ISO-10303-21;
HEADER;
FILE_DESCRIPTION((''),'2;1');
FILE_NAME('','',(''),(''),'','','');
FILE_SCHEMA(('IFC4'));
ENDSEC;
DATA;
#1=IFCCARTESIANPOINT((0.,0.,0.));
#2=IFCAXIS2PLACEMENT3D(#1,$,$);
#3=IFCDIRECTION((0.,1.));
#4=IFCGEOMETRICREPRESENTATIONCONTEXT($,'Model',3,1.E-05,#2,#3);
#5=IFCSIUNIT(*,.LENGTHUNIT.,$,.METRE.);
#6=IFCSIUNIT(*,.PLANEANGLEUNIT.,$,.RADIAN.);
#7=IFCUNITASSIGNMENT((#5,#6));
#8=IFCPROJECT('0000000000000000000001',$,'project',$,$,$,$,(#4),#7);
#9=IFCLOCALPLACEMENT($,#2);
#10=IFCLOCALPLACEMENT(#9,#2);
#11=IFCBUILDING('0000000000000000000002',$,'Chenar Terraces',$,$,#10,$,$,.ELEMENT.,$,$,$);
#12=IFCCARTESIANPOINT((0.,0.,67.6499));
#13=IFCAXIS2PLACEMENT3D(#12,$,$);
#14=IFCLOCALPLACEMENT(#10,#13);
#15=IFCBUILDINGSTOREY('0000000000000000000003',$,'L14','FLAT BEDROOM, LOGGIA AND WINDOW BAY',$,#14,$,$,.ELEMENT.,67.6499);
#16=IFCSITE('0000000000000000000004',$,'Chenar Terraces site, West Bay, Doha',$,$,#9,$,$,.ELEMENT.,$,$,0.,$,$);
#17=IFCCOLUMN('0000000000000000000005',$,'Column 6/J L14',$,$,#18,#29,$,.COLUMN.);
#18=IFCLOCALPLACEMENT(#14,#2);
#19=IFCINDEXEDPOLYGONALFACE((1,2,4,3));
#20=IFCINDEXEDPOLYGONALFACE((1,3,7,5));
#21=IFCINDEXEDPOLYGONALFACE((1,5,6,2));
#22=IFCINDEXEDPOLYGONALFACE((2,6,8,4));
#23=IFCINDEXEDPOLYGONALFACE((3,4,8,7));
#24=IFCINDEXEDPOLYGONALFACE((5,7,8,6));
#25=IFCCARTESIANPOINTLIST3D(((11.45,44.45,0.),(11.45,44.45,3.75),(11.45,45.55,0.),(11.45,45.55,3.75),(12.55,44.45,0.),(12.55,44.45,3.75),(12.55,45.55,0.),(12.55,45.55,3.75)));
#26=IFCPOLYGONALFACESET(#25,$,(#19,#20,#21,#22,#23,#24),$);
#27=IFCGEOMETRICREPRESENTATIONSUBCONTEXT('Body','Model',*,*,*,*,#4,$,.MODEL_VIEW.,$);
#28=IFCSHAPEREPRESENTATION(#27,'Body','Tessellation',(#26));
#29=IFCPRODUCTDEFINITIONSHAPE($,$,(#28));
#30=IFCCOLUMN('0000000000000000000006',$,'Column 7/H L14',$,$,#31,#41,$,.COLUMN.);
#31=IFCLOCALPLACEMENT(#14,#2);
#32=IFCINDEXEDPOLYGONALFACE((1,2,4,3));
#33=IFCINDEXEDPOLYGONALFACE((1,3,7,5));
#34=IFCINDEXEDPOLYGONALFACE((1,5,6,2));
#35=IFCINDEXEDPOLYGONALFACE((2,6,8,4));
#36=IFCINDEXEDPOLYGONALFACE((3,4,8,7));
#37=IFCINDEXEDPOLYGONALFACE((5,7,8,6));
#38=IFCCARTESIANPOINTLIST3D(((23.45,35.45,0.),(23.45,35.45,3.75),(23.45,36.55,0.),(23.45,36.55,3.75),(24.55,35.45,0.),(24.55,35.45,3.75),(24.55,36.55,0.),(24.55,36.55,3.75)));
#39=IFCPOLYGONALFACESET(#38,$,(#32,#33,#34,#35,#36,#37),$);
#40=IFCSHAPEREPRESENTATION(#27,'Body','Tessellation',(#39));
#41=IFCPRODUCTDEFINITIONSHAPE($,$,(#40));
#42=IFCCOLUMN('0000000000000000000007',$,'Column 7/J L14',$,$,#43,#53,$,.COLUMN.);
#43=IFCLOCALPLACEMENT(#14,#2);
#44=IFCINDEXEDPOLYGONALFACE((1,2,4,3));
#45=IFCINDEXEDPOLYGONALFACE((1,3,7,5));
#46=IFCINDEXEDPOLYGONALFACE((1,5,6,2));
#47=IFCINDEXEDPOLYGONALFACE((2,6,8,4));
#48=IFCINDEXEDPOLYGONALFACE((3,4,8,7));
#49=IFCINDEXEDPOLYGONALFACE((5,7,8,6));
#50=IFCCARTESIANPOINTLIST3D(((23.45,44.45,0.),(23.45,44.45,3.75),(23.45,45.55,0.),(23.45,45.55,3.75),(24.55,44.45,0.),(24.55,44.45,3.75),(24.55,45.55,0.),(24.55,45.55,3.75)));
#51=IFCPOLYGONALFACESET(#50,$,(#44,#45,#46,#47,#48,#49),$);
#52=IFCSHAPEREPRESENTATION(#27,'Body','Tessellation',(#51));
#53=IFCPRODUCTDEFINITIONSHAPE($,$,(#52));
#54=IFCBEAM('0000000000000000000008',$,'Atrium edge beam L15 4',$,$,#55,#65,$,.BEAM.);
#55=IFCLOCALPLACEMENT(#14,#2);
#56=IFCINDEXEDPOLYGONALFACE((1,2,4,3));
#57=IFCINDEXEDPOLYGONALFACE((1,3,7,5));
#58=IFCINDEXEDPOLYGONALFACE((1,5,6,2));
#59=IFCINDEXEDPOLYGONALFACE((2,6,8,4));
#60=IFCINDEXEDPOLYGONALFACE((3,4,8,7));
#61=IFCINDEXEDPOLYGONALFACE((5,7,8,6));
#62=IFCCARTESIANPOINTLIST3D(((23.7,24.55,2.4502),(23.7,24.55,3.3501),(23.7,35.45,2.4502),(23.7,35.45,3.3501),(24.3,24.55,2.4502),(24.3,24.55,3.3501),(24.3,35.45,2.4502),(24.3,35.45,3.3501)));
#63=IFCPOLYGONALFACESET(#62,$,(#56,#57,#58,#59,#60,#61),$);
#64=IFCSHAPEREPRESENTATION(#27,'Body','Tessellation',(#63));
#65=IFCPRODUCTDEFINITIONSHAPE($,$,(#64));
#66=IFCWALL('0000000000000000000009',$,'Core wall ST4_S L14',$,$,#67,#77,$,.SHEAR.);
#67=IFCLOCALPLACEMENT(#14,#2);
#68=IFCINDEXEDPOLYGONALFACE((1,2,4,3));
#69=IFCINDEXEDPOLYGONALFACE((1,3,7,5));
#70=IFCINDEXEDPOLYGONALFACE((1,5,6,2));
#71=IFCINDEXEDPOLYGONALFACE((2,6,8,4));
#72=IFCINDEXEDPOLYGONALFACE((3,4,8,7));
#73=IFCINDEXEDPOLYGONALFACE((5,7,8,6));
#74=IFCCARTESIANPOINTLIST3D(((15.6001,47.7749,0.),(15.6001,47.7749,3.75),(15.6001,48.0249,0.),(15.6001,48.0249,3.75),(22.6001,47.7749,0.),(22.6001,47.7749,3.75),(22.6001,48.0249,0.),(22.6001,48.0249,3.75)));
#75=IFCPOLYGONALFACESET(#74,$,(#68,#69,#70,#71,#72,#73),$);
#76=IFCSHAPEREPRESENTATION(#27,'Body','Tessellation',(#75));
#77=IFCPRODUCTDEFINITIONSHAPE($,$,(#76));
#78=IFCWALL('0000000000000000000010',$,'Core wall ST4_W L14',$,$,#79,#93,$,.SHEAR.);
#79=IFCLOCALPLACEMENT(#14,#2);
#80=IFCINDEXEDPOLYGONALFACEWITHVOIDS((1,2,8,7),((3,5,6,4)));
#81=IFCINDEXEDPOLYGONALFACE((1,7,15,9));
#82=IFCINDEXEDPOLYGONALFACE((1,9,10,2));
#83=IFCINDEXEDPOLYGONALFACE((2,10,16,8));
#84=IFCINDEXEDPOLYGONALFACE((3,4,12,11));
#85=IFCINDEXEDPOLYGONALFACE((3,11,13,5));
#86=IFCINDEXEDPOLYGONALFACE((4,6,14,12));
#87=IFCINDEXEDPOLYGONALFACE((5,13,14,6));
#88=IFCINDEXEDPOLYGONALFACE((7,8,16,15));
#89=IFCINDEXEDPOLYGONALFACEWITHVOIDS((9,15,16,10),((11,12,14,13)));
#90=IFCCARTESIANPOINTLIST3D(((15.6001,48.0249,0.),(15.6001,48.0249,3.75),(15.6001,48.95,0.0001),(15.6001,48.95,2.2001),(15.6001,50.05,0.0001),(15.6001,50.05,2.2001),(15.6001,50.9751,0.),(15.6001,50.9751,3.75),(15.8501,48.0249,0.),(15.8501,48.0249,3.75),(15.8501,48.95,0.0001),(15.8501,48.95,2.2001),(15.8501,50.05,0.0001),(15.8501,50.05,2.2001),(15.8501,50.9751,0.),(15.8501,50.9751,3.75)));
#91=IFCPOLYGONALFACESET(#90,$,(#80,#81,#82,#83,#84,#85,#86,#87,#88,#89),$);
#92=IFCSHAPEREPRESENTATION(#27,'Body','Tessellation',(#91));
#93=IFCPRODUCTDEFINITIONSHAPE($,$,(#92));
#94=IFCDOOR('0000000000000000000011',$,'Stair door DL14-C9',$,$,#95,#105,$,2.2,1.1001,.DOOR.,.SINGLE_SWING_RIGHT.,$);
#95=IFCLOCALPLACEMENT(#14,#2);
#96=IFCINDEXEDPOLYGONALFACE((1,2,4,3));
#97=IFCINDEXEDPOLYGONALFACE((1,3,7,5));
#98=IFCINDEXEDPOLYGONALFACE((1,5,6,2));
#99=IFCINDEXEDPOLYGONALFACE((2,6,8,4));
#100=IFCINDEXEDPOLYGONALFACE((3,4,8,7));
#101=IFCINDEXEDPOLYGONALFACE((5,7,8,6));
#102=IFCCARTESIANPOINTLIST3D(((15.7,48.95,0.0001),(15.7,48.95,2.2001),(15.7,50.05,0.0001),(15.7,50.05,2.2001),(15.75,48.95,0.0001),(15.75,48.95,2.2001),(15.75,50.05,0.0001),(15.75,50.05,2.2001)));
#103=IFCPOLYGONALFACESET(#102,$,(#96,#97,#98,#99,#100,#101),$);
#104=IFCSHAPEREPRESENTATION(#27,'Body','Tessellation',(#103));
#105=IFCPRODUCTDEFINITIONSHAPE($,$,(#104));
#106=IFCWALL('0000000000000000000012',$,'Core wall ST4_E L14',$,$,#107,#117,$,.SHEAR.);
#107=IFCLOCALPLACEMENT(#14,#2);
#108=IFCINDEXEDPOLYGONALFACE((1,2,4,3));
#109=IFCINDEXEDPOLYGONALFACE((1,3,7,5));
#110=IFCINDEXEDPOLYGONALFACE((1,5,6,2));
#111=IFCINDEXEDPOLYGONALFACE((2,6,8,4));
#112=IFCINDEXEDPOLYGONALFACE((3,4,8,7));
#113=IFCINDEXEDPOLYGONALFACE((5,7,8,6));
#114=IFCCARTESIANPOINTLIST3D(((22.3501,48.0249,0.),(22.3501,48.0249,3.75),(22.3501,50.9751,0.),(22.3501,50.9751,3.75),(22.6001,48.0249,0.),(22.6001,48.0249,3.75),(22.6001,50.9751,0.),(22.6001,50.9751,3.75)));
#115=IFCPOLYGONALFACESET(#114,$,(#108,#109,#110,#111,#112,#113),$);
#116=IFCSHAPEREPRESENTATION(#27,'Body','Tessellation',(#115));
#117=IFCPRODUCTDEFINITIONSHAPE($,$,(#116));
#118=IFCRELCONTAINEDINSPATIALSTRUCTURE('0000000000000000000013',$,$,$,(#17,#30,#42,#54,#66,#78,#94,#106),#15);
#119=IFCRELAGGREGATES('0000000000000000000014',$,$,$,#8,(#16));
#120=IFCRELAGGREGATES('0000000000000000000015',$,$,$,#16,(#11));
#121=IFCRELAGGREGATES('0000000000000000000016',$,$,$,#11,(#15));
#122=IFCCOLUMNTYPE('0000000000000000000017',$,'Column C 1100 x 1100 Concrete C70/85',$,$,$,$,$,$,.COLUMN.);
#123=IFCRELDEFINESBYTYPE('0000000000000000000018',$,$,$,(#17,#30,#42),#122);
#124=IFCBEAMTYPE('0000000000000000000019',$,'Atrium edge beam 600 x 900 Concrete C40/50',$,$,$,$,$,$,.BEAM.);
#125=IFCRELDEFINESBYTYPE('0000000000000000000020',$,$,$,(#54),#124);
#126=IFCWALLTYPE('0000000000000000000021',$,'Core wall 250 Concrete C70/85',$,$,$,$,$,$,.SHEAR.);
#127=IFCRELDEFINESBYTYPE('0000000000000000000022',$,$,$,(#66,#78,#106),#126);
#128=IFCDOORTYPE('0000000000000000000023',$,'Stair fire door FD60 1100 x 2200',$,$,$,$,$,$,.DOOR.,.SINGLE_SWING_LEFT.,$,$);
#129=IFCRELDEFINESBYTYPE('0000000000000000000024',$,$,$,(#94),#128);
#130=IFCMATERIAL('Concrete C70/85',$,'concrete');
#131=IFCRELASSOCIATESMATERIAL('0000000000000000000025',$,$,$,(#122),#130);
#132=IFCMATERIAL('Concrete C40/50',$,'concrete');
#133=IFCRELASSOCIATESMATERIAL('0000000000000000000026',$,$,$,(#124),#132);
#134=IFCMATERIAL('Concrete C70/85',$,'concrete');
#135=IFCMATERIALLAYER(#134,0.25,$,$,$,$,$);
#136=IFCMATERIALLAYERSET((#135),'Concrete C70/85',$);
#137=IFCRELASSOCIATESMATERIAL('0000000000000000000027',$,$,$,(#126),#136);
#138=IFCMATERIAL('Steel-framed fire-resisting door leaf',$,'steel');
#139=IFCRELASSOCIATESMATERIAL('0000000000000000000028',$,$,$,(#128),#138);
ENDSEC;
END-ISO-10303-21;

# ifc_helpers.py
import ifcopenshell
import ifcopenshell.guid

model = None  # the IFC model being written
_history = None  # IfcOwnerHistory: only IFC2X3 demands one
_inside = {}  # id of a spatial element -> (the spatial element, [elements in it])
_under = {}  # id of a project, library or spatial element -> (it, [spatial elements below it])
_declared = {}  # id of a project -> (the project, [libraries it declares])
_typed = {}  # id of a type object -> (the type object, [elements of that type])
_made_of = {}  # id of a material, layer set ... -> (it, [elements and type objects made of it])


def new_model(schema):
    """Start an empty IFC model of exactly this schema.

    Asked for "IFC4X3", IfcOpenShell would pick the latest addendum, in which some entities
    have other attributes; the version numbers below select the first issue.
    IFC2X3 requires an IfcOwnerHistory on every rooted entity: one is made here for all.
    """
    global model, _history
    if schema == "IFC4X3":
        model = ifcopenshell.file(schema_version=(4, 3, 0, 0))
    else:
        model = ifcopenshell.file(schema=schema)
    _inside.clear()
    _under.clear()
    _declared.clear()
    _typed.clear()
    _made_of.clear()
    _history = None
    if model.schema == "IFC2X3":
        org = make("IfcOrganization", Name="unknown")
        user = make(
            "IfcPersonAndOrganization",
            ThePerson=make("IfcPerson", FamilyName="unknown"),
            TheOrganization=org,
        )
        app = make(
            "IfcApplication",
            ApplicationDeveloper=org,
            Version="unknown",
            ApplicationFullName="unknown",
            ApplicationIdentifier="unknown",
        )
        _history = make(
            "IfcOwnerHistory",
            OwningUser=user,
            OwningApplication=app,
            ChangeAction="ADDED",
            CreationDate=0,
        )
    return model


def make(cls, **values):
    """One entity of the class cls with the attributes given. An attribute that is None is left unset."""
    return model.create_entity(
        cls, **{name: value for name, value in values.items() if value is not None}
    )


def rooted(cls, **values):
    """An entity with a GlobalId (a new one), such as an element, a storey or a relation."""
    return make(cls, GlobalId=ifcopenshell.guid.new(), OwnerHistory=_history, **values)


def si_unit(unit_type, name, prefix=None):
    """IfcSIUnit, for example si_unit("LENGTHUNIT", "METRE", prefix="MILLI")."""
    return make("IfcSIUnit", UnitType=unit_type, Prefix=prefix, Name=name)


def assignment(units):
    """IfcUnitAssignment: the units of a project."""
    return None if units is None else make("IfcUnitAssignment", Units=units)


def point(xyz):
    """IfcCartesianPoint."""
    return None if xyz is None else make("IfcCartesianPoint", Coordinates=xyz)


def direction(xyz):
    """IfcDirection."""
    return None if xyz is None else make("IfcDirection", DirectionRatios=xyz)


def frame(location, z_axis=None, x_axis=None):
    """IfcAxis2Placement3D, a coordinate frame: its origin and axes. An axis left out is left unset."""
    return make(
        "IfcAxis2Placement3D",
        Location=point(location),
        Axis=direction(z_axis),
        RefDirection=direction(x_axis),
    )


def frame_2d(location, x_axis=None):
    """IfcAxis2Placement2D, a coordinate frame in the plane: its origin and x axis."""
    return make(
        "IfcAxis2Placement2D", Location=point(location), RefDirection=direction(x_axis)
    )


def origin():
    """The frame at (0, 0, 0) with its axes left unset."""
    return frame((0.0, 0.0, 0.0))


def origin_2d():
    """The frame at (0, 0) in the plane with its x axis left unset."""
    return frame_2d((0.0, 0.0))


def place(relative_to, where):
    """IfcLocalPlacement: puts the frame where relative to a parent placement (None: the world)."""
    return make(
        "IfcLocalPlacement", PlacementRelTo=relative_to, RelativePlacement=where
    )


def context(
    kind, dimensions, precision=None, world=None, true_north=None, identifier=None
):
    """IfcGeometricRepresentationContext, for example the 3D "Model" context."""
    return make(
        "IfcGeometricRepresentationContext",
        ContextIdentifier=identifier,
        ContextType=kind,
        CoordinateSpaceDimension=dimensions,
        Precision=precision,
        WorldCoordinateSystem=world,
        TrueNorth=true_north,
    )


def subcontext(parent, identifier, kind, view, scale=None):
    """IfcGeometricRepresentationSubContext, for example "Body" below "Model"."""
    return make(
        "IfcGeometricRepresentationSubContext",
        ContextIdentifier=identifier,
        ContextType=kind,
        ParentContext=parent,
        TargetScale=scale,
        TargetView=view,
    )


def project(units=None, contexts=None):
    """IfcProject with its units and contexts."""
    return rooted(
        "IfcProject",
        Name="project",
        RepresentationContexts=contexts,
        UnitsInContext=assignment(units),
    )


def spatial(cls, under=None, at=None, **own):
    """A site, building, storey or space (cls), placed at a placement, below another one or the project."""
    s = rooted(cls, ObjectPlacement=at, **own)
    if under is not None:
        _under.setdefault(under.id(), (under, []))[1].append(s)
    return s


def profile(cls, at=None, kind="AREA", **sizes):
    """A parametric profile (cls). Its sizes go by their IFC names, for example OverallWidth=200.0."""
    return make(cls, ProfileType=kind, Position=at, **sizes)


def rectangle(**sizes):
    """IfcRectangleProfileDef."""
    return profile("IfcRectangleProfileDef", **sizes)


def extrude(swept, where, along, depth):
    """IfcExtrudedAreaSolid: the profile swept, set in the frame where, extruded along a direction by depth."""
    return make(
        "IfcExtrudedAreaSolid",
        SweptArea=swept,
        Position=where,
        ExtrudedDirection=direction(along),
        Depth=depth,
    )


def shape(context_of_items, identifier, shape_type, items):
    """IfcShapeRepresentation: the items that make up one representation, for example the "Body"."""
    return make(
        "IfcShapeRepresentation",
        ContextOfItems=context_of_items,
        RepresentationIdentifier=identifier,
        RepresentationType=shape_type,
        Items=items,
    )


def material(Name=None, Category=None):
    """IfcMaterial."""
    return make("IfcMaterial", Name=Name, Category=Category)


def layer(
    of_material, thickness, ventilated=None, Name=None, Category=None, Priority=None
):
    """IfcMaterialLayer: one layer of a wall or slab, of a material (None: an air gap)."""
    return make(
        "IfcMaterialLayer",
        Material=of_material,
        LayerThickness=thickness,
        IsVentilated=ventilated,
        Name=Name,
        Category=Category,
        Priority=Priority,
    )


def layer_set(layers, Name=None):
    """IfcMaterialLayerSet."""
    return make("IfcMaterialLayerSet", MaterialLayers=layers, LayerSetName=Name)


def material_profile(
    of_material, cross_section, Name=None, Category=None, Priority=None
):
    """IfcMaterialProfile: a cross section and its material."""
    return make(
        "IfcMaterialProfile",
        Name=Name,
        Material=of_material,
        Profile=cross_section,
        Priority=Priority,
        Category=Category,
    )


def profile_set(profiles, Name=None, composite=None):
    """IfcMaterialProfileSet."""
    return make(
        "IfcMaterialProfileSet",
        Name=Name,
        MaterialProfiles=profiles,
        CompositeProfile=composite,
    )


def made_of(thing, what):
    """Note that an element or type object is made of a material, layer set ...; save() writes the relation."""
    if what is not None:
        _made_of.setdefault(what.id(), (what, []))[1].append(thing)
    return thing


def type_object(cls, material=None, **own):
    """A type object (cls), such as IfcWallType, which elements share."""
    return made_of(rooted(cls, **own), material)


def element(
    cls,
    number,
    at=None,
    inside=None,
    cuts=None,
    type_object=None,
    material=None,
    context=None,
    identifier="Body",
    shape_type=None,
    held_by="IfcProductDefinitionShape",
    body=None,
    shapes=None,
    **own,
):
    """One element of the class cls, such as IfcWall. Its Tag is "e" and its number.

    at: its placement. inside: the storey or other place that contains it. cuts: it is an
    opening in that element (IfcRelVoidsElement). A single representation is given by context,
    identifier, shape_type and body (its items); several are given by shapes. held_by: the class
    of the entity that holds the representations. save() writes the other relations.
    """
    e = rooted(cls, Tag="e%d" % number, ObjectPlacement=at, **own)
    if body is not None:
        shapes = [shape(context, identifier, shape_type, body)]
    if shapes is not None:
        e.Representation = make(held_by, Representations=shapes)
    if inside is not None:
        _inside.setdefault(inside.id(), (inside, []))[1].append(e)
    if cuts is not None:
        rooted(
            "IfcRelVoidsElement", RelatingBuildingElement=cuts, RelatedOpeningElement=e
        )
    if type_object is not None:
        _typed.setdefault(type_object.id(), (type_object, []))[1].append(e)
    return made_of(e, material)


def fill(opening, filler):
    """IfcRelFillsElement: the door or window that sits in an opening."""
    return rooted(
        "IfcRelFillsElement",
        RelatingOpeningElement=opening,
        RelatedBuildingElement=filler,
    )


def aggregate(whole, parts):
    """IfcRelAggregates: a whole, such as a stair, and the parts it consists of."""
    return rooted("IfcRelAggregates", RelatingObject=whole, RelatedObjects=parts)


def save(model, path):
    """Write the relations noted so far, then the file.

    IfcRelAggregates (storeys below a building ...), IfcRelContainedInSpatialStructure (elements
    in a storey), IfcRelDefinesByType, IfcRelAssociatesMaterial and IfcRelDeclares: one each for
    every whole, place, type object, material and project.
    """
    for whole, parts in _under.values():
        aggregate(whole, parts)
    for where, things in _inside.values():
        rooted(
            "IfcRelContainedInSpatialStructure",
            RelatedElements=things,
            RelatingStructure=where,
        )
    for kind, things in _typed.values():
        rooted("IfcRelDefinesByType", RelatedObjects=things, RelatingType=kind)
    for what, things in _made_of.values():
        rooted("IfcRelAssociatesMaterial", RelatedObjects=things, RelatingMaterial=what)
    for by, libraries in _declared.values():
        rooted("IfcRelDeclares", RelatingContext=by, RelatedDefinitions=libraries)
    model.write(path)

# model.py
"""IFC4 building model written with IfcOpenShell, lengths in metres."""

from ifc_helpers import new_model, si_unit, direction, frame, frame_2d, origin, origin_2d, place, context, subcontext, project, spatial, rectangle, extrude, material, layer, layer_set, material_profile, profile_set, type_object, element, fill, save


model = new_model("IFC4")

# Units and contexts
model_context = context("Model", 3, precision=1e-05, world=origin(), true_north=direction((0.0, 1.0)))
body_context = subcontext(model_context, "Body", "Model", "MODEL_VIEW")
ifc_project = project(units=[si_unit("LENGTHUNIT", "METRE"), si_unit("PLANEANGLEUNIT", "RADIAN")], contexts=[model_context])

# Site, building, storey
site_placement = place(None, origin())
site = spatial("IfcSite", under=ifc_project, at=site_placement, Name="Chenar Terraces site, West Bay, Doha", CompositionType="ELEMENT", RefElevation=0.0)
building_placement = place(site_placement, origin())
building = spatial("IfcBuilding", under=site, at=building_placement, Name="Chenar Terraces", CompositionType="ELEMENT")
storey_placement = place(building_placement, frame((0.0, 0.0, 67.6499)))
storey = spatial("IfcBuildingStorey", under=building, at=storey_placement, Name="L14", Description="FLAT BEDROOM, LOGGIA AND WINDOW BAY", CompositionType="ELEMENT", Elevation=67.6499)

# Columns
ifc_material_1 = material(Name="Concrete C70/85", Category="concrete")
ifc_material_profile_1 = material_profile(ifc_material_1, rectangle(XDim=1.1001, YDim=1.1001, at=origin_2d()), Name="C 1100 x 1100")
ifc_profile_set_1 = profile_set([ifc_material_profile_1], Name="Concrete C70/85")
column_type = type_object("IfcColumnType", Name="Column C 1100 x 1100 Concrete C70/85", PredefinedType="COLUMN", material=ifc_profile_set_1)
for number, where, z_axis, x_axis, name in (
    (1, (12.0, 45.0, 0.0), (0.0, 0.0, 1.0), (1.0, 0.0, 0.0), "Column 6/J L14"),
    (2, (24.0, 36.0, 0.0), (0.0, 0.0, 1.0), (1.0, 0.0, 0.0), "Column 7/H L14"),
    (3, (24.0, 45.0, 0.0), (0.0, 0.0, 1.0), (1.0, 0.0, 0.0), "Column 7/J L14"),
):
    element("IfcColumn", number, at=place(storey_placement, frame(where, z_axis=z_axis, x_axis=x_axis)), inside=storey, type_object=column_type, Name=name, PredefinedType="COLUMN", context=body_context, shape_type="SweptSolid", body=[
        extrude(rectangle(XDim=1.1001, YDim=1.1001, at=origin_2d()), origin(), (0.0, 0.0, 1.0), 3.75),
    ])

# Beam
ifc_material_2 = material(Name="Concrete C40/50", Category="concrete")
ifc_material_profile_2 = material_profile(ifc_material_2, rectangle(XDim=0.6001, YDim=0.8999, at=origin_2d()), Name="RC 600 x 900")
ifc_profile_set_2 = profile_set([ifc_material_profile_2], Name="Concrete C40/50")
beam_type = type_object("IfcBeamType", Name="Atrium edge beam 600 x 900 Concrete C40/50", PredefinedType="BEAM", material=ifc_profile_set_2)
beam_placement = place(storey_placement, frame((24.0, 35.45, 2.9001), z_axis=(0.0, -1.0, 0.0), x_axis=(1.0, 0.0, 0.0)))
element("IfcBeam", 4, at=beam_placement, inside=storey, type_object=beam_type, Name="Atrium edge beam L15 4", PredefinedType="BEAM", context=body_context, shape_type="SweptSolid", body=[
    extrude(rectangle(XDim=0.6001, YDim=0.8999, at=origin_2d()), origin(), (0.0, 0.0, 1.0), 10.8999),
])

# Wall
ifc_material_3 = material(Name="Concrete C70/85", Category="concrete")
ifc_layer_1 = layer(ifc_material_3, 0.25)
ifc_layer_set_1 = layer_set([ifc_layer_1], Name="Concrete C70/85")
wall_type_1 = type_object("IfcWallType", Name="Core wall 250 Concrete C70/85", PredefinedType="SHEAR", material=ifc_layer_set_1)
wall_1_placement = place(storey_placement, frame((15.6001, 47.8999, 0.0), z_axis=(0.0, 0.0, 1.0), x_axis=(1.0, 0.0, 0.0)))
element("IfcWall", 5, at=wall_1_placement, inside=storey, type_object=wall_type_1, Name="Core wall ST4_S L14", PredefinedType="SHEAR", context=body_context, shape_type="SweptSolid", body=[
    extrude(rectangle(XDim=7.0, YDim=0.25, at=frame_2d((3.5, 0.0))), origin(), (0.0, 0.0, 1.0), 3.75),
])

# Wall, opening, door
wall_2_placement = place(storey_placement, frame((15.7251, 48.0249, 0.0), z_axis=(0.0, 0.0, 1.0), x_axis=(0.0, 1.0, 0.0)))
wall_2 = element("IfcWall", 6, at=wall_2_placement, inside=storey, type_object=wall_type_1, Name="Core wall ST4_W L14", PredefinedType="SHEAR", context=body_context, shape_type="SweptSolid", body=[
    extrude(rectangle(XDim=2.9502, YDim=0.25, at=frame_2d((1.4751, 0.0))), origin(), (0.0, 0.0, 1.0), 3.75),
])
opening_1_placement = place(wall_2_placement, frame((0.925, 0.0, 0.0)))
opening_1 = element("IfcOpeningElement", 7, at=opening_1_placement, cuts=wall_2, PredefinedType="OPENING", context=body_context, shape_type="SweptSolid", body=[
    extrude(rectangle(XDim=1.1001, YDim=2.2, at=frame_2d((0.55, 1.1001))), frame((0.0, 0.135, 0.0), z_axis=(0.0, -1.0, 0.0), x_axis=(1.0, 0.0, 0.0)), (0.0, 0.0, 1.0), 0.27),
])
ifc_material_4 = material(Name="Steel-framed fire-resisting door leaf", Category="steel")
door_type_1 = type_object("IfcDoorType", Name="Stair fire door FD60 1100 x 2200", OperationType="SINGLE_SWING_LEFT", PredefinedType="DOOR", material=ifc_material_4)
door_1_placement = place(opening_1_placement, frame((1.1001, 0.0, 0.0), z_axis=(0.0, 0.0, 1.0), x_axis=(-1.0, 0.0, 0.0)))
door_1 = element("IfcDoor", 8, at=door_1_placement, inside=storey, type_object=door_type_1, Name="Stair door DL14-C9", OperationType="SINGLE_SWING_RIGHT", OverallHeight=2.2, OverallWidth=1.1001, PredefinedType="DOOR", context=body_context, shape_type="SweptSolid", body=[
    extrude(rectangle(XDim=1.1001, YDim=2.2, at=frame_2d((0.55, 1.1001))), frame((0.0, 0.0249, 0.0), z_axis=(0.0, -1.0, 0.0), x_axis=(1.0, 0.0, 0.0)), (0.0, 0.0, 1.0), 0.05),
])
fill(opening_1, door_1)

# Wall
wall_3_placement = place(storey_placement, frame((22.4751, 48.0249, 0.0), z_axis=(0.0, 0.0, 1.0), x_axis=(0.0, 1.0, 0.0)))
element("IfcWall", 9, at=wall_3_placement, inside=storey, type_object=wall_type_1, Name="Core wall ST4_E L14", PredefinedType="SHEAR", context=body_context, shape_type="SweptSolid", body=[
    extrude(rectangle(XDim=2.9502, YDim=0.25, at=frame_2d((1.4751, 0.0))), origin(), (0.0, 0.0, 1.0), 3.75),
])

save(model, "model.ifc")
